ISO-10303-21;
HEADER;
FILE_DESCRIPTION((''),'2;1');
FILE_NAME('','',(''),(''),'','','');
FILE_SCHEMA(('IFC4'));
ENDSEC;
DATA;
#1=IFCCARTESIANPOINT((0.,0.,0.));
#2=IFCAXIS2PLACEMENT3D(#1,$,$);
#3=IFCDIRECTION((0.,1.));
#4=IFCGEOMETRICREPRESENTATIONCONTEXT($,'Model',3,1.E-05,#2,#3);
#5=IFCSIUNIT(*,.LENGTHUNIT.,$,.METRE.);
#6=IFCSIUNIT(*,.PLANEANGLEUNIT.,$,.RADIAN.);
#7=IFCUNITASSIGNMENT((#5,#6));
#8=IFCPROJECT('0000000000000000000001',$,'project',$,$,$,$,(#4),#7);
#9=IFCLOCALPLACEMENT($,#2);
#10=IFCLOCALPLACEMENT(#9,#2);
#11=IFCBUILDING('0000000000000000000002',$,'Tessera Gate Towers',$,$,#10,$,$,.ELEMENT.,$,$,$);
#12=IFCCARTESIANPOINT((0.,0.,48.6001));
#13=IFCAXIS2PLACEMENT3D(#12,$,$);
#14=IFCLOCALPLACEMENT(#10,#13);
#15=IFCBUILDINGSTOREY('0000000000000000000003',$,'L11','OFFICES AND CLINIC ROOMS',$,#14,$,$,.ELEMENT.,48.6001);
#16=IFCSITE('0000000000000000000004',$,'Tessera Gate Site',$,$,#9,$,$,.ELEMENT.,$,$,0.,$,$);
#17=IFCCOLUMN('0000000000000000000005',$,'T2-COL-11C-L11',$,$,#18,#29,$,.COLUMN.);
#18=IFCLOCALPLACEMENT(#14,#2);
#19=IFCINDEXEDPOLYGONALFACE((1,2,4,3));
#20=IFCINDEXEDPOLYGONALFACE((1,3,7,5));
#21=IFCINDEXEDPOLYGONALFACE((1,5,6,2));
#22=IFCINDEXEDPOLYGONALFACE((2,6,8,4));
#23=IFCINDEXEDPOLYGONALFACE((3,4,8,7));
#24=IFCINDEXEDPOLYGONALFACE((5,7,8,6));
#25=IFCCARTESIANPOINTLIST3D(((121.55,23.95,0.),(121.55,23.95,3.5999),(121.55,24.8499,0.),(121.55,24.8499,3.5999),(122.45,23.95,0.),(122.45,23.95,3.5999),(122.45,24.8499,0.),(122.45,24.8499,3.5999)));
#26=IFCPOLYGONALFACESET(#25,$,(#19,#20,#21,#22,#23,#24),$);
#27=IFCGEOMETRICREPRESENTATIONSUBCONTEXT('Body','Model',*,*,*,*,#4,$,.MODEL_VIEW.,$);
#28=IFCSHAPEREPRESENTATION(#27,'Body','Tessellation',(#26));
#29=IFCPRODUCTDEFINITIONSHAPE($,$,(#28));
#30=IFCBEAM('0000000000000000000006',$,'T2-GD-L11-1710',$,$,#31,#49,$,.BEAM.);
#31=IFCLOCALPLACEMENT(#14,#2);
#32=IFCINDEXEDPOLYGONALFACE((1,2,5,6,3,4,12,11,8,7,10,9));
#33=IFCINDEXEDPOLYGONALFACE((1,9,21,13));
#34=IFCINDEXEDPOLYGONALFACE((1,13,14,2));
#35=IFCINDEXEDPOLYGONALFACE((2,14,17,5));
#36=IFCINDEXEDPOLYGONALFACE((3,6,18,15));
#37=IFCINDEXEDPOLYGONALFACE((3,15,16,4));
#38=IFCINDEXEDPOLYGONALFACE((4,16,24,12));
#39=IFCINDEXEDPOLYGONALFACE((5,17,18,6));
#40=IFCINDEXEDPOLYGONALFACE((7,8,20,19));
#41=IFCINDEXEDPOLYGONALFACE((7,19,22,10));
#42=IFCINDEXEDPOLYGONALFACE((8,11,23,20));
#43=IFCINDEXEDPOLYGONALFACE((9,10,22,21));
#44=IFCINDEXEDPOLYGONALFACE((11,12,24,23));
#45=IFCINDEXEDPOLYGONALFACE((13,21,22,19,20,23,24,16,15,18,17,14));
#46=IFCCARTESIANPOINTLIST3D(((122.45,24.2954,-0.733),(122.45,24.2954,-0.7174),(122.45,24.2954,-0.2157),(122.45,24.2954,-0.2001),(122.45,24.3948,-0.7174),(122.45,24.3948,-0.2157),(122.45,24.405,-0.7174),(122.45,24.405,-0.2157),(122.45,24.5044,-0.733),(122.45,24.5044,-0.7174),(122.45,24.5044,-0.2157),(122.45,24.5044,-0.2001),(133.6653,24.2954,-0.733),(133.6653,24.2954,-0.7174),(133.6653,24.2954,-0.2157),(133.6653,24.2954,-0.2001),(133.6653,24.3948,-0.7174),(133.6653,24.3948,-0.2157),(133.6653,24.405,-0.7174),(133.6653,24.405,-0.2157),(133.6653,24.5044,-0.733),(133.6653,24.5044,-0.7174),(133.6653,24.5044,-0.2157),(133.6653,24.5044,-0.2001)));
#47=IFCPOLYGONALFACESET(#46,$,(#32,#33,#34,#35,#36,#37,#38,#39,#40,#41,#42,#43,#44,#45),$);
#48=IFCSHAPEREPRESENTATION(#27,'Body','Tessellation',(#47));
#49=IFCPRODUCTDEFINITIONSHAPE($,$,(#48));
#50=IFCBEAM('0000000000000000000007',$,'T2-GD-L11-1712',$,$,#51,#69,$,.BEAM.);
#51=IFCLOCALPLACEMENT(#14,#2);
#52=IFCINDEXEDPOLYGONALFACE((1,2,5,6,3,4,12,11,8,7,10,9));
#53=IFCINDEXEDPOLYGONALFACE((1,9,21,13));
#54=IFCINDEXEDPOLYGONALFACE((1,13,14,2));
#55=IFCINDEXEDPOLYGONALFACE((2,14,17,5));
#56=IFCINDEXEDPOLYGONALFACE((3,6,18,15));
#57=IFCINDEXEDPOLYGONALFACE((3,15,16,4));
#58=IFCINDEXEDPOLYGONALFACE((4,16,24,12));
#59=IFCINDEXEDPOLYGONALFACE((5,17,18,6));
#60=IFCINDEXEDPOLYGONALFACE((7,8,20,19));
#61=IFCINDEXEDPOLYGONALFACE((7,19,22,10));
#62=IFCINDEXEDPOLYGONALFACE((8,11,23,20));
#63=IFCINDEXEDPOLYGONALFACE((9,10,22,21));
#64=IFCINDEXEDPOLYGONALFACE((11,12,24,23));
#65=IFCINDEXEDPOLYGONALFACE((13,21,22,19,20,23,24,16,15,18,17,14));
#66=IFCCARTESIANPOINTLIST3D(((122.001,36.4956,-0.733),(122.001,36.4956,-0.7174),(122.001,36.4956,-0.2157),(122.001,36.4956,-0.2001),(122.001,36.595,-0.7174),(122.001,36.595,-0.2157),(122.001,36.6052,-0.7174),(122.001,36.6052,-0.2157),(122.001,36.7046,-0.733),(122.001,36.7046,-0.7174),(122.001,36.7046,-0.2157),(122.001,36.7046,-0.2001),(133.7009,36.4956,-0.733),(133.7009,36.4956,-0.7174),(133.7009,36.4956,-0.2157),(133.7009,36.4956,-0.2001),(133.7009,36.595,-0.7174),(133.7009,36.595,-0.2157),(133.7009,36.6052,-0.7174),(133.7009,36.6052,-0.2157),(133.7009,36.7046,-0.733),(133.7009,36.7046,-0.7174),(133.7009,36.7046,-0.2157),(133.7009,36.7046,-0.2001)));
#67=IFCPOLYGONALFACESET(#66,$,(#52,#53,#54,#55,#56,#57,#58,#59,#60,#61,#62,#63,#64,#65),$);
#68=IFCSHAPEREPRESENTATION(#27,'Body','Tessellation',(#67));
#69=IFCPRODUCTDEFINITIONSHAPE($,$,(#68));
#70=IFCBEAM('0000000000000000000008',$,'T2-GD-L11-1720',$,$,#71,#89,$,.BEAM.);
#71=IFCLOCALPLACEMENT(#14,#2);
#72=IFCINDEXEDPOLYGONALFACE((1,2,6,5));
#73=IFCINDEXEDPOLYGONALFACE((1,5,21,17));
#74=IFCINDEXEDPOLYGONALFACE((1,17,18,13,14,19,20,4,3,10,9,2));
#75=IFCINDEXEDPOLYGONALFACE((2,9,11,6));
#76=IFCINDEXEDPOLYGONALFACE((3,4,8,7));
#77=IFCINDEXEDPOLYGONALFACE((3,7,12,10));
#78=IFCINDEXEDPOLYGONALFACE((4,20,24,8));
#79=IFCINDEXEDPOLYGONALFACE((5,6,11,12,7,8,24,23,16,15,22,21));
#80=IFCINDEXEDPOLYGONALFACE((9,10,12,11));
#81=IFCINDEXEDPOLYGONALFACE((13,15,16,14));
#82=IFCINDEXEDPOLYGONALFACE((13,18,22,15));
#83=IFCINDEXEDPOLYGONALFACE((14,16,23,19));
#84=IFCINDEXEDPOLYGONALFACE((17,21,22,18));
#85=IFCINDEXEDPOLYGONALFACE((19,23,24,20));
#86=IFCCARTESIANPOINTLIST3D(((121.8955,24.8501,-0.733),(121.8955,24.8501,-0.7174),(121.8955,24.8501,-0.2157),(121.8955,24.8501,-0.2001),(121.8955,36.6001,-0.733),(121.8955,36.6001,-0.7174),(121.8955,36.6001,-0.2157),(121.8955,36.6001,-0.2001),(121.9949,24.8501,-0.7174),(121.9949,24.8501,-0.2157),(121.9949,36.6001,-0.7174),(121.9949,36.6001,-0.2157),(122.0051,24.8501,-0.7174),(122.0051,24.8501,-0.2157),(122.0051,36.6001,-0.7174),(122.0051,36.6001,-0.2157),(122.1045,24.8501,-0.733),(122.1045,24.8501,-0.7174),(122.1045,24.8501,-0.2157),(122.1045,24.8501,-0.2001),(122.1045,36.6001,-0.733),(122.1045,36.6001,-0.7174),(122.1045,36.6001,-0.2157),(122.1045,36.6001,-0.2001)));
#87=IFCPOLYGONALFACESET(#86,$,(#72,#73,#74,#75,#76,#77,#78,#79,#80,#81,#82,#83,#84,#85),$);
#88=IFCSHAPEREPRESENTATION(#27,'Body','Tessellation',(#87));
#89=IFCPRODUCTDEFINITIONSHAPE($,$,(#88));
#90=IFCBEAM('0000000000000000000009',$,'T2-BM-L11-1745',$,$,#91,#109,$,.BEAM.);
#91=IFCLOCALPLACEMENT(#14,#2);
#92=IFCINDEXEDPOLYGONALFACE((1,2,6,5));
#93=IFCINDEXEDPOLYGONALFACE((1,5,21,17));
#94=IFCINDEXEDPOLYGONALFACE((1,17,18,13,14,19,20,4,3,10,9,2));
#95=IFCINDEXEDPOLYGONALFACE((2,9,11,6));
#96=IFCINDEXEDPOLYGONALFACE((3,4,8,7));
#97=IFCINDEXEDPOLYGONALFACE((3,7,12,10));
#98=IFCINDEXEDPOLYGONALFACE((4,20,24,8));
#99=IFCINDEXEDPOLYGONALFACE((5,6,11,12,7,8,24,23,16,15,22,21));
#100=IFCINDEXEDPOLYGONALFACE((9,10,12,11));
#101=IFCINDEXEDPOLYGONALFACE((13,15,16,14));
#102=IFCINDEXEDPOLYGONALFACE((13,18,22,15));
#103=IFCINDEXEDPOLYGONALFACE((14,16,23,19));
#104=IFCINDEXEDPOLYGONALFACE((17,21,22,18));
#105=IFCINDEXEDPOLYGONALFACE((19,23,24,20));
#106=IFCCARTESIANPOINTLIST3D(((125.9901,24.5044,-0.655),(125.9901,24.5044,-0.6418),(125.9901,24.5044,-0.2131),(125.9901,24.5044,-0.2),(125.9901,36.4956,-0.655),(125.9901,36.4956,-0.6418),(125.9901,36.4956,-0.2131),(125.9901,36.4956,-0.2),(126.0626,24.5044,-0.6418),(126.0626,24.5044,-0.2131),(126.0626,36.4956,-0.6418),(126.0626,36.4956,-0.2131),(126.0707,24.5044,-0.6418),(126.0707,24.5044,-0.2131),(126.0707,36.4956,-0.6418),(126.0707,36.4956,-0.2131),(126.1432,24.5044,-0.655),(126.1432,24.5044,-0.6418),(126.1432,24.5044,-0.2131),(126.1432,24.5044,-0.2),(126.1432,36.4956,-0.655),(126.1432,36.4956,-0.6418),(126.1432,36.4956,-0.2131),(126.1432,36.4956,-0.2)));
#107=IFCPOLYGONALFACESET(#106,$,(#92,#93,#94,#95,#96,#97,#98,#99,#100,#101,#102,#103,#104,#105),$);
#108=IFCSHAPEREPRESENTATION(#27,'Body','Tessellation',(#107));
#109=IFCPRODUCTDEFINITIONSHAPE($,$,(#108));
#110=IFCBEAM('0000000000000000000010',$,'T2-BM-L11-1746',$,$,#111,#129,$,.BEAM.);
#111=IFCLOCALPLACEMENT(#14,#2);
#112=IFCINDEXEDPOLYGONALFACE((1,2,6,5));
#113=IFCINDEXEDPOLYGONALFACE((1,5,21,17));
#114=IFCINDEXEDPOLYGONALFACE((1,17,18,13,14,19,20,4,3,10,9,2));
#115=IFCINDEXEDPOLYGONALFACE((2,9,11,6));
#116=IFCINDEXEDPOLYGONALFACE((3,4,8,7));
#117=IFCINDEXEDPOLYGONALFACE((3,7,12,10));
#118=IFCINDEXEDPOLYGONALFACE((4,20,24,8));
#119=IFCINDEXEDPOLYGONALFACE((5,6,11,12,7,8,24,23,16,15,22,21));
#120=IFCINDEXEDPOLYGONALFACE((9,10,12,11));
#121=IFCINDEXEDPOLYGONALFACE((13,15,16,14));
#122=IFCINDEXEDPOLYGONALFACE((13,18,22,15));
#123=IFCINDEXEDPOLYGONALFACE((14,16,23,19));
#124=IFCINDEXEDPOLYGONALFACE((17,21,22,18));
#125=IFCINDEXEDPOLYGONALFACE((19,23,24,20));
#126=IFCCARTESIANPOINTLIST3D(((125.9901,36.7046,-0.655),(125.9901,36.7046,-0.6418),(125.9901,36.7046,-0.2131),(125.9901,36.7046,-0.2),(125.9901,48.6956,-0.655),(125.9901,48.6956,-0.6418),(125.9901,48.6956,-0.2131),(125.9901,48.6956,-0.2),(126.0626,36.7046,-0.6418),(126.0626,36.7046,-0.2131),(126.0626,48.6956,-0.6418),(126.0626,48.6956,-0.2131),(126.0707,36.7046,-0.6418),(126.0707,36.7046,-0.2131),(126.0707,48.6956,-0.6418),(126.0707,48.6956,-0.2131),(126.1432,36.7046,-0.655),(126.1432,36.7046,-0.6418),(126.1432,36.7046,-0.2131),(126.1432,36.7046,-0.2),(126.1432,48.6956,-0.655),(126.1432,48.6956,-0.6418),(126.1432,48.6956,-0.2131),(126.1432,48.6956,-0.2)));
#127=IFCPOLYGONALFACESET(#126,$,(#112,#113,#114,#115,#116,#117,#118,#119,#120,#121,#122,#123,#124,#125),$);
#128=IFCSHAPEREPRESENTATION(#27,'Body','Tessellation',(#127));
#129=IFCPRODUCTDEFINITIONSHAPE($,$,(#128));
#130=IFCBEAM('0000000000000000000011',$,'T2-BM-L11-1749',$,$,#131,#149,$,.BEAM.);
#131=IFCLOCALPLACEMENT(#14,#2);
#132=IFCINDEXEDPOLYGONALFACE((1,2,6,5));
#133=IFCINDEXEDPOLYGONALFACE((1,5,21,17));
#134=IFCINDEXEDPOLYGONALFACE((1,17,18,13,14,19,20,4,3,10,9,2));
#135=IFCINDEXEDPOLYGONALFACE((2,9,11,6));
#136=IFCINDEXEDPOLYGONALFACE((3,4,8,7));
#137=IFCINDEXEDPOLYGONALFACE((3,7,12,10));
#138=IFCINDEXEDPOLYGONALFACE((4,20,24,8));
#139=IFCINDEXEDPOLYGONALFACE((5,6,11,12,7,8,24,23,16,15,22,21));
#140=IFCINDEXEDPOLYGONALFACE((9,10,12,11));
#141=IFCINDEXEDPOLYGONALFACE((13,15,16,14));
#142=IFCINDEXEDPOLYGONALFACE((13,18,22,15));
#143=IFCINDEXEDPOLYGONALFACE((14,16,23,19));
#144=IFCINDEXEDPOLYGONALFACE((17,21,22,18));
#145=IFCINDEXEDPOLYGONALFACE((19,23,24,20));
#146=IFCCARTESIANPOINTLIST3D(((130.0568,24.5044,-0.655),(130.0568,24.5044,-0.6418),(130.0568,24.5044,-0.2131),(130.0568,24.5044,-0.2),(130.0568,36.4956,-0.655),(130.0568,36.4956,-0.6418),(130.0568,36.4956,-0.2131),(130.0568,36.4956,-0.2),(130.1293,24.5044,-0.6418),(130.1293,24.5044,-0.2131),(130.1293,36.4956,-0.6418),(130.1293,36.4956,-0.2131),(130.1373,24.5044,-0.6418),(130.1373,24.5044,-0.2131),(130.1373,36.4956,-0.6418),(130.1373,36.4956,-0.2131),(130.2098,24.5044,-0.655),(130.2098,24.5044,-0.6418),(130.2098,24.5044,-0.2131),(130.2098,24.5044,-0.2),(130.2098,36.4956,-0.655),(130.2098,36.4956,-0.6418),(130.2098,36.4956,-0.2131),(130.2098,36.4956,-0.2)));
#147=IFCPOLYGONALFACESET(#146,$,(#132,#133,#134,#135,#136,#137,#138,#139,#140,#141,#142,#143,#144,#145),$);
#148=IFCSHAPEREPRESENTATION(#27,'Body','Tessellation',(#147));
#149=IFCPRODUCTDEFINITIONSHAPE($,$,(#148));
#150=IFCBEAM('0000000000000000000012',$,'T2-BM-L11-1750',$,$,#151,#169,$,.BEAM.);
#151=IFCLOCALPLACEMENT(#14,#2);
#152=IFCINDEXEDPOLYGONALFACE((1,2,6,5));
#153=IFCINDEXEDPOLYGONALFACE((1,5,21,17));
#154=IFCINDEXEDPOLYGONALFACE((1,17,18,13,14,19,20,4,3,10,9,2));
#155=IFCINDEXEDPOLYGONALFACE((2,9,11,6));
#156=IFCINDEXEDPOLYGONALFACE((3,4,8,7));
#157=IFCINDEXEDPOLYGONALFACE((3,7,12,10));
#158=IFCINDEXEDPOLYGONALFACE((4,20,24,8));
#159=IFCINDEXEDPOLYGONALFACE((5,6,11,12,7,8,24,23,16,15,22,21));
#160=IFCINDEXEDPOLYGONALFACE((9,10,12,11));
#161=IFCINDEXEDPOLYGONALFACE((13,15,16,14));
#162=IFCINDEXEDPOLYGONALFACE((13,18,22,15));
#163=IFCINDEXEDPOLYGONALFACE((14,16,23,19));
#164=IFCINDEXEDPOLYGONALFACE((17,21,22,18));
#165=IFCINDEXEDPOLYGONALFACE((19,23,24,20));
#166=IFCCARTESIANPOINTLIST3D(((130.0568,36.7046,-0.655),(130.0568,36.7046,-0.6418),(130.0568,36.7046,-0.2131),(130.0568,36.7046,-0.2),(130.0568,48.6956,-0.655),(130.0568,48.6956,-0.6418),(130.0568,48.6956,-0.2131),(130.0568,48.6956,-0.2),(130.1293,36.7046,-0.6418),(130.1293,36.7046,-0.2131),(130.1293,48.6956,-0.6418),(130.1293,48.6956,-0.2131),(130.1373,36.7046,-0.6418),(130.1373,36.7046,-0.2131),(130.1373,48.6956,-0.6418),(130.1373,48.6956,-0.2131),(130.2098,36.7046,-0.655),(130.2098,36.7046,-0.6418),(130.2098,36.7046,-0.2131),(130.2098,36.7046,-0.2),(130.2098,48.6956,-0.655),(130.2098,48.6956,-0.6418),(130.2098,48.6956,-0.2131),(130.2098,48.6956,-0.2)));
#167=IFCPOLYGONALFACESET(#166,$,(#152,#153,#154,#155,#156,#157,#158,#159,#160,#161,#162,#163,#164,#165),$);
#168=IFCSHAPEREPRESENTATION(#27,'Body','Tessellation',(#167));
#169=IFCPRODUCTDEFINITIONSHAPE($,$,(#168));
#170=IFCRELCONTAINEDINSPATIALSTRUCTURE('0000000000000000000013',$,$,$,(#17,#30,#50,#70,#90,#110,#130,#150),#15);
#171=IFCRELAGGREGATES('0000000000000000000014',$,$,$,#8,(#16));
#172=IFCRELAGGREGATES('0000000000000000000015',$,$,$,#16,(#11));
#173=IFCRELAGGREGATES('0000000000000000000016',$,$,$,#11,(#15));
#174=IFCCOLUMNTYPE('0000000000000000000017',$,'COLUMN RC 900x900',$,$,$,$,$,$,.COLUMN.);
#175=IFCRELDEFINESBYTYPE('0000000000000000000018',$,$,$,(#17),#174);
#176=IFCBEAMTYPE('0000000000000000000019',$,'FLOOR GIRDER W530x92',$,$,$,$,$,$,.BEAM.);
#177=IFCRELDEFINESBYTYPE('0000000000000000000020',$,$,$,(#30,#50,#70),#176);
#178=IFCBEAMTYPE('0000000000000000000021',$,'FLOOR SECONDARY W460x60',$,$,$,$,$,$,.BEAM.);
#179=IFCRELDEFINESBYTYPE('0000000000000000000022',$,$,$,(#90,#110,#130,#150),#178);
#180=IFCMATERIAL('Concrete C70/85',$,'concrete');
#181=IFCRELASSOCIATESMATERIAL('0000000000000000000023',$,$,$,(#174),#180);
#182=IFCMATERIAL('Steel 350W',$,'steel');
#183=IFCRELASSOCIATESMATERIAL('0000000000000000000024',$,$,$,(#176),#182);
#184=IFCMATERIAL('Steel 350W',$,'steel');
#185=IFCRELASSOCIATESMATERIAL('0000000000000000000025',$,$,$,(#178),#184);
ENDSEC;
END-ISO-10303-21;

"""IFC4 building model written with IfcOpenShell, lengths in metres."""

from ifc_helpers import new_model, si_unit, direction, frame, origin, origin_2d, place, context, subcontext, project, spatial, rectangle, i_section, extrude, material, material_profile, profile_set, type_object, element, save


model = new_model("IFC4")

# Units and contexts
model_context = context("Model", 3, precision=1e-05, world=origin(), true_north=direction((0.0, 1.0)))
body_context = subcontext(model_context, "Body", "Model", "MODEL_VIEW")
ifc_project = project(units=[si_unit("LENGTHUNIT", "METRE"), si_unit("PLANEANGLEUNIT", "RADIAN")], contexts=[model_context])

# Site, building, storey
site_placement = place(None, origin())
site = spatial("IfcSite", under=ifc_project, at=site_placement, Name="Tessera Gate Site", CompositionType="ELEMENT", RefElevation=0.0)
building_placement = place(site_placement, origin())
building = spatial("IfcBuilding", under=site, at=building_placement, Name="Tessera Gate Towers", CompositionType="ELEMENT")
storey_placement = place(building_placement, frame((0.0, 0.0, 48.6001)))
storey = spatial("IfcBuildingStorey", under=building, at=storey_placement, Name="L11", Description="OFFICES AND CLINIC ROOMS", CompositionType="ELEMENT", Elevation=48.6001)

# Column
ifc_material_1 = material(Name="Concrete C70/85", Category="concrete")
ifc_material_profile_1 = material_profile(ifc_material_1, rectangle(XDim=0.8999, YDim=0.8999, at=origin_2d()), Name="RC 900x900")
ifc_profile_set_1 = profile_set([ifc_material_profile_1], Name="Concrete C70/85")
column_type = type_object("IfcColumnType", Name="COLUMN RC 900x900", PredefinedType="COLUMN", material=ifc_profile_set_1)
column_placement = place(storey_placement, frame((122.0, 24.3999, 0.0), z_axis=(0.0, 0.0, 1.0), x_axis=(1.0, 0.0, 0.0)))
element("IfcColumn", 1, at=column_placement, inside=storey, type_object=column_type, Name="T2-COL-11C-L11", PredefinedType="COLUMN", context=body_context, shape_type="SweptSolid", body=[
    extrude(rectangle(XDim=0.8999, YDim=0.8999, at=origin_2d()), origin(), (0.0, 0.0, 1.0), 3.5999),
])

# Beams
ifc_material_2 = material(Name="Steel 350W", Category="steel")
ifc_material_profile_2 = material_profile(ifc_material_2, i_section(OverallWidth=0.209, OverallDepth=0.533, WebThickness=0.0103, FlangeThickness=0.0156, at=origin_2d()), Name="W530x92")
ifc_profile_set_2 = profile_set([ifc_material_profile_2], Name="Steel 350W")
beam_type_1 = type_object("IfcBeamType", Name="FLOOR GIRDER W530x92", PredefinedType="BEAM", material=ifc_profile_set_2)
beam_1_placement = place(storey_placement, frame((122.45, 24.3999, -0.4666), z_axis=(1.0, 0.0, 0.0), x_axis=(0.0, 1.0, 0.0)))
element("IfcBeam", 2, at=beam_1_placement, inside=storey, type_object=beam_type_1, Name="T2-GD-L11-1710", PredefinedType="BEAM", context=body_context, shape_type="SweptSolid", body=[
    extrude(i_section(OverallWidth=0.209, OverallDepth=0.533, WebThickness=0.0103, FlangeThickness=0.0156, at=origin_2d()), origin(), (0.0, 0.0, 1.0), 11.2153),
])
beam_2_placement = place(storey_placement, frame((122.001, 36.6001, -0.4666), z_axis=(1.0, 0.0, 0.0), x_axis=(0.0, 1.0, 0.0)))
element("IfcBeam", 3, at=beam_2_placement, inside=storey, type_object=beam_type_1, Name="T2-GD-L11-1712", PredefinedType="BEAM", context=body_context, shape_type="SweptSolid", body=[
    extrude(i_section(OverallWidth=0.209, OverallDepth=0.533, WebThickness=0.0103, FlangeThickness=0.0156, at=origin_2d()), origin(), (0.0, 0.0, 1.0), 11.7),
])
beam_3_placement = place(storey_placement, frame((122.0, 24.8501, -0.4666), z_axis=(0.0, 1.0, 0.0), x_axis=(-1.0, 0.0, 0.0)))
element("IfcBeam", 4, at=beam_3_placement, inside=storey, type_object=beam_type_1, Name="T2-GD-L11-1720", PredefinedType="BEAM", context=body_context, shape_type="SweptSolid", body=[
    extrude(i_section(OverallWidth=0.209, OverallDepth=0.533, WebThickness=0.0103, FlangeThickness=0.0156, at=origin_2d()), origin(), (0.0, 0.0, 1.0), 11.75),
])
ifc_material_3 = material(Name="Steel 350W", Category="steel")
ifc_material_profile_3 = material_profile(ifc_material_3, i_section(OverallWidth=0.1531, OverallDepth=0.4551, WebThickness=0.0081, FlangeThickness=0.0132, at=origin_2d()), Name="W460x60")
ifc_profile_set_3 = profile_set([ifc_material_profile_3], Name="Steel 350W")
beam_type_2 = type_object("IfcBeamType", Name="FLOOR SECONDARY W460x60", PredefinedType="BEAM", material=ifc_profile_set_3)
beam_4_placement = place(storey_placement, frame((126.0667, 24.5044, -0.4275), z_axis=(0.0, 1.0, 0.0), x_axis=(-1.0, 0.0, 0.0)))
element("IfcBeam", 5, at=beam_4_placement, inside=storey, type_object=beam_type_2, Name="T2-BM-L11-1745", PredefinedType="BEAM", context=body_context, shape_type="SweptSolid", body=[
    extrude(i_section(OverallWidth=0.1531, OverallDepth=0.4551, WebThickness=0.0081, FlangeThickness=0.0132, at=origin_2d()), origin(), (0.0, 0.0, 1.0), 11.9912),
])
beam_5_placement = place(storey_placement, frame((126.0667, 36.7046, -0.4275), z_axis=(0.0, 1.0, 0.0), x_axis=(-1.0, 0.0, 0.0)))
element("IfcBeam", 6, at=beam_5_placement, inside=storey, type_object=beam_type_2, Name="T2-BM-L11-1746", PredefinedType="BEAM", context=body_context, shape_type="SweptSolid", body=[
    extrude(i_section(OverallWidth=0.1531, OverallDepth=0.4551, WebThickness=0.0081, FlangeThickness=0.0132, at=origin_2d()), origin(), (0.0, 0.0, 1.0), 11.991),
])
beam_6_placement = place(storey_placement, frame((130.1333, 24.5044, -0.4275), z_axis=(0.0, 1.0, 0.0), x_axis=(-1.0, 0.0, 0.0)))
element("IfcBeam", 7, at=beam_6_placement, inside=storey, type_object=beam_type_2, Name="T2-BM-L11-1749", PredefinedType="BEAM", context=body_context, shape_type="SweptSolid", body=[
    extrude(i_section(OverallWidth=0.1531, OverallDepth=0.4551, WebThickness=0.0081, FlangeThickness=0.0132, at=origin_2d()), origin(), (0.0, 0.0, 1.0), 11.9912),
])
beam_7_placement = place(storey_placement, frame((130.1333, 36.7046, -0.4275), z_axis=(0.0, 1.0, 0.0), x_axis=(-1.0, 0.0, 0.0)))
element("IfcBeam", 8, at=beam_7_placement, inside=storey, type_object=beam_type_2, Name="T2-BM-L11-1750", PredefinedType="BEAM", context=body_context, shape_type="SweptSolid", body=[
    extrude(i_section(OverallWidth=0.1531, OverallDepth=0.4551, WebThickness=0.0081, FlangeThickness=0.0132, at=origin_2d()), origin(), (0.0, 0.0, 1.0), 11.991),
])

save(model, "model.ifc")
